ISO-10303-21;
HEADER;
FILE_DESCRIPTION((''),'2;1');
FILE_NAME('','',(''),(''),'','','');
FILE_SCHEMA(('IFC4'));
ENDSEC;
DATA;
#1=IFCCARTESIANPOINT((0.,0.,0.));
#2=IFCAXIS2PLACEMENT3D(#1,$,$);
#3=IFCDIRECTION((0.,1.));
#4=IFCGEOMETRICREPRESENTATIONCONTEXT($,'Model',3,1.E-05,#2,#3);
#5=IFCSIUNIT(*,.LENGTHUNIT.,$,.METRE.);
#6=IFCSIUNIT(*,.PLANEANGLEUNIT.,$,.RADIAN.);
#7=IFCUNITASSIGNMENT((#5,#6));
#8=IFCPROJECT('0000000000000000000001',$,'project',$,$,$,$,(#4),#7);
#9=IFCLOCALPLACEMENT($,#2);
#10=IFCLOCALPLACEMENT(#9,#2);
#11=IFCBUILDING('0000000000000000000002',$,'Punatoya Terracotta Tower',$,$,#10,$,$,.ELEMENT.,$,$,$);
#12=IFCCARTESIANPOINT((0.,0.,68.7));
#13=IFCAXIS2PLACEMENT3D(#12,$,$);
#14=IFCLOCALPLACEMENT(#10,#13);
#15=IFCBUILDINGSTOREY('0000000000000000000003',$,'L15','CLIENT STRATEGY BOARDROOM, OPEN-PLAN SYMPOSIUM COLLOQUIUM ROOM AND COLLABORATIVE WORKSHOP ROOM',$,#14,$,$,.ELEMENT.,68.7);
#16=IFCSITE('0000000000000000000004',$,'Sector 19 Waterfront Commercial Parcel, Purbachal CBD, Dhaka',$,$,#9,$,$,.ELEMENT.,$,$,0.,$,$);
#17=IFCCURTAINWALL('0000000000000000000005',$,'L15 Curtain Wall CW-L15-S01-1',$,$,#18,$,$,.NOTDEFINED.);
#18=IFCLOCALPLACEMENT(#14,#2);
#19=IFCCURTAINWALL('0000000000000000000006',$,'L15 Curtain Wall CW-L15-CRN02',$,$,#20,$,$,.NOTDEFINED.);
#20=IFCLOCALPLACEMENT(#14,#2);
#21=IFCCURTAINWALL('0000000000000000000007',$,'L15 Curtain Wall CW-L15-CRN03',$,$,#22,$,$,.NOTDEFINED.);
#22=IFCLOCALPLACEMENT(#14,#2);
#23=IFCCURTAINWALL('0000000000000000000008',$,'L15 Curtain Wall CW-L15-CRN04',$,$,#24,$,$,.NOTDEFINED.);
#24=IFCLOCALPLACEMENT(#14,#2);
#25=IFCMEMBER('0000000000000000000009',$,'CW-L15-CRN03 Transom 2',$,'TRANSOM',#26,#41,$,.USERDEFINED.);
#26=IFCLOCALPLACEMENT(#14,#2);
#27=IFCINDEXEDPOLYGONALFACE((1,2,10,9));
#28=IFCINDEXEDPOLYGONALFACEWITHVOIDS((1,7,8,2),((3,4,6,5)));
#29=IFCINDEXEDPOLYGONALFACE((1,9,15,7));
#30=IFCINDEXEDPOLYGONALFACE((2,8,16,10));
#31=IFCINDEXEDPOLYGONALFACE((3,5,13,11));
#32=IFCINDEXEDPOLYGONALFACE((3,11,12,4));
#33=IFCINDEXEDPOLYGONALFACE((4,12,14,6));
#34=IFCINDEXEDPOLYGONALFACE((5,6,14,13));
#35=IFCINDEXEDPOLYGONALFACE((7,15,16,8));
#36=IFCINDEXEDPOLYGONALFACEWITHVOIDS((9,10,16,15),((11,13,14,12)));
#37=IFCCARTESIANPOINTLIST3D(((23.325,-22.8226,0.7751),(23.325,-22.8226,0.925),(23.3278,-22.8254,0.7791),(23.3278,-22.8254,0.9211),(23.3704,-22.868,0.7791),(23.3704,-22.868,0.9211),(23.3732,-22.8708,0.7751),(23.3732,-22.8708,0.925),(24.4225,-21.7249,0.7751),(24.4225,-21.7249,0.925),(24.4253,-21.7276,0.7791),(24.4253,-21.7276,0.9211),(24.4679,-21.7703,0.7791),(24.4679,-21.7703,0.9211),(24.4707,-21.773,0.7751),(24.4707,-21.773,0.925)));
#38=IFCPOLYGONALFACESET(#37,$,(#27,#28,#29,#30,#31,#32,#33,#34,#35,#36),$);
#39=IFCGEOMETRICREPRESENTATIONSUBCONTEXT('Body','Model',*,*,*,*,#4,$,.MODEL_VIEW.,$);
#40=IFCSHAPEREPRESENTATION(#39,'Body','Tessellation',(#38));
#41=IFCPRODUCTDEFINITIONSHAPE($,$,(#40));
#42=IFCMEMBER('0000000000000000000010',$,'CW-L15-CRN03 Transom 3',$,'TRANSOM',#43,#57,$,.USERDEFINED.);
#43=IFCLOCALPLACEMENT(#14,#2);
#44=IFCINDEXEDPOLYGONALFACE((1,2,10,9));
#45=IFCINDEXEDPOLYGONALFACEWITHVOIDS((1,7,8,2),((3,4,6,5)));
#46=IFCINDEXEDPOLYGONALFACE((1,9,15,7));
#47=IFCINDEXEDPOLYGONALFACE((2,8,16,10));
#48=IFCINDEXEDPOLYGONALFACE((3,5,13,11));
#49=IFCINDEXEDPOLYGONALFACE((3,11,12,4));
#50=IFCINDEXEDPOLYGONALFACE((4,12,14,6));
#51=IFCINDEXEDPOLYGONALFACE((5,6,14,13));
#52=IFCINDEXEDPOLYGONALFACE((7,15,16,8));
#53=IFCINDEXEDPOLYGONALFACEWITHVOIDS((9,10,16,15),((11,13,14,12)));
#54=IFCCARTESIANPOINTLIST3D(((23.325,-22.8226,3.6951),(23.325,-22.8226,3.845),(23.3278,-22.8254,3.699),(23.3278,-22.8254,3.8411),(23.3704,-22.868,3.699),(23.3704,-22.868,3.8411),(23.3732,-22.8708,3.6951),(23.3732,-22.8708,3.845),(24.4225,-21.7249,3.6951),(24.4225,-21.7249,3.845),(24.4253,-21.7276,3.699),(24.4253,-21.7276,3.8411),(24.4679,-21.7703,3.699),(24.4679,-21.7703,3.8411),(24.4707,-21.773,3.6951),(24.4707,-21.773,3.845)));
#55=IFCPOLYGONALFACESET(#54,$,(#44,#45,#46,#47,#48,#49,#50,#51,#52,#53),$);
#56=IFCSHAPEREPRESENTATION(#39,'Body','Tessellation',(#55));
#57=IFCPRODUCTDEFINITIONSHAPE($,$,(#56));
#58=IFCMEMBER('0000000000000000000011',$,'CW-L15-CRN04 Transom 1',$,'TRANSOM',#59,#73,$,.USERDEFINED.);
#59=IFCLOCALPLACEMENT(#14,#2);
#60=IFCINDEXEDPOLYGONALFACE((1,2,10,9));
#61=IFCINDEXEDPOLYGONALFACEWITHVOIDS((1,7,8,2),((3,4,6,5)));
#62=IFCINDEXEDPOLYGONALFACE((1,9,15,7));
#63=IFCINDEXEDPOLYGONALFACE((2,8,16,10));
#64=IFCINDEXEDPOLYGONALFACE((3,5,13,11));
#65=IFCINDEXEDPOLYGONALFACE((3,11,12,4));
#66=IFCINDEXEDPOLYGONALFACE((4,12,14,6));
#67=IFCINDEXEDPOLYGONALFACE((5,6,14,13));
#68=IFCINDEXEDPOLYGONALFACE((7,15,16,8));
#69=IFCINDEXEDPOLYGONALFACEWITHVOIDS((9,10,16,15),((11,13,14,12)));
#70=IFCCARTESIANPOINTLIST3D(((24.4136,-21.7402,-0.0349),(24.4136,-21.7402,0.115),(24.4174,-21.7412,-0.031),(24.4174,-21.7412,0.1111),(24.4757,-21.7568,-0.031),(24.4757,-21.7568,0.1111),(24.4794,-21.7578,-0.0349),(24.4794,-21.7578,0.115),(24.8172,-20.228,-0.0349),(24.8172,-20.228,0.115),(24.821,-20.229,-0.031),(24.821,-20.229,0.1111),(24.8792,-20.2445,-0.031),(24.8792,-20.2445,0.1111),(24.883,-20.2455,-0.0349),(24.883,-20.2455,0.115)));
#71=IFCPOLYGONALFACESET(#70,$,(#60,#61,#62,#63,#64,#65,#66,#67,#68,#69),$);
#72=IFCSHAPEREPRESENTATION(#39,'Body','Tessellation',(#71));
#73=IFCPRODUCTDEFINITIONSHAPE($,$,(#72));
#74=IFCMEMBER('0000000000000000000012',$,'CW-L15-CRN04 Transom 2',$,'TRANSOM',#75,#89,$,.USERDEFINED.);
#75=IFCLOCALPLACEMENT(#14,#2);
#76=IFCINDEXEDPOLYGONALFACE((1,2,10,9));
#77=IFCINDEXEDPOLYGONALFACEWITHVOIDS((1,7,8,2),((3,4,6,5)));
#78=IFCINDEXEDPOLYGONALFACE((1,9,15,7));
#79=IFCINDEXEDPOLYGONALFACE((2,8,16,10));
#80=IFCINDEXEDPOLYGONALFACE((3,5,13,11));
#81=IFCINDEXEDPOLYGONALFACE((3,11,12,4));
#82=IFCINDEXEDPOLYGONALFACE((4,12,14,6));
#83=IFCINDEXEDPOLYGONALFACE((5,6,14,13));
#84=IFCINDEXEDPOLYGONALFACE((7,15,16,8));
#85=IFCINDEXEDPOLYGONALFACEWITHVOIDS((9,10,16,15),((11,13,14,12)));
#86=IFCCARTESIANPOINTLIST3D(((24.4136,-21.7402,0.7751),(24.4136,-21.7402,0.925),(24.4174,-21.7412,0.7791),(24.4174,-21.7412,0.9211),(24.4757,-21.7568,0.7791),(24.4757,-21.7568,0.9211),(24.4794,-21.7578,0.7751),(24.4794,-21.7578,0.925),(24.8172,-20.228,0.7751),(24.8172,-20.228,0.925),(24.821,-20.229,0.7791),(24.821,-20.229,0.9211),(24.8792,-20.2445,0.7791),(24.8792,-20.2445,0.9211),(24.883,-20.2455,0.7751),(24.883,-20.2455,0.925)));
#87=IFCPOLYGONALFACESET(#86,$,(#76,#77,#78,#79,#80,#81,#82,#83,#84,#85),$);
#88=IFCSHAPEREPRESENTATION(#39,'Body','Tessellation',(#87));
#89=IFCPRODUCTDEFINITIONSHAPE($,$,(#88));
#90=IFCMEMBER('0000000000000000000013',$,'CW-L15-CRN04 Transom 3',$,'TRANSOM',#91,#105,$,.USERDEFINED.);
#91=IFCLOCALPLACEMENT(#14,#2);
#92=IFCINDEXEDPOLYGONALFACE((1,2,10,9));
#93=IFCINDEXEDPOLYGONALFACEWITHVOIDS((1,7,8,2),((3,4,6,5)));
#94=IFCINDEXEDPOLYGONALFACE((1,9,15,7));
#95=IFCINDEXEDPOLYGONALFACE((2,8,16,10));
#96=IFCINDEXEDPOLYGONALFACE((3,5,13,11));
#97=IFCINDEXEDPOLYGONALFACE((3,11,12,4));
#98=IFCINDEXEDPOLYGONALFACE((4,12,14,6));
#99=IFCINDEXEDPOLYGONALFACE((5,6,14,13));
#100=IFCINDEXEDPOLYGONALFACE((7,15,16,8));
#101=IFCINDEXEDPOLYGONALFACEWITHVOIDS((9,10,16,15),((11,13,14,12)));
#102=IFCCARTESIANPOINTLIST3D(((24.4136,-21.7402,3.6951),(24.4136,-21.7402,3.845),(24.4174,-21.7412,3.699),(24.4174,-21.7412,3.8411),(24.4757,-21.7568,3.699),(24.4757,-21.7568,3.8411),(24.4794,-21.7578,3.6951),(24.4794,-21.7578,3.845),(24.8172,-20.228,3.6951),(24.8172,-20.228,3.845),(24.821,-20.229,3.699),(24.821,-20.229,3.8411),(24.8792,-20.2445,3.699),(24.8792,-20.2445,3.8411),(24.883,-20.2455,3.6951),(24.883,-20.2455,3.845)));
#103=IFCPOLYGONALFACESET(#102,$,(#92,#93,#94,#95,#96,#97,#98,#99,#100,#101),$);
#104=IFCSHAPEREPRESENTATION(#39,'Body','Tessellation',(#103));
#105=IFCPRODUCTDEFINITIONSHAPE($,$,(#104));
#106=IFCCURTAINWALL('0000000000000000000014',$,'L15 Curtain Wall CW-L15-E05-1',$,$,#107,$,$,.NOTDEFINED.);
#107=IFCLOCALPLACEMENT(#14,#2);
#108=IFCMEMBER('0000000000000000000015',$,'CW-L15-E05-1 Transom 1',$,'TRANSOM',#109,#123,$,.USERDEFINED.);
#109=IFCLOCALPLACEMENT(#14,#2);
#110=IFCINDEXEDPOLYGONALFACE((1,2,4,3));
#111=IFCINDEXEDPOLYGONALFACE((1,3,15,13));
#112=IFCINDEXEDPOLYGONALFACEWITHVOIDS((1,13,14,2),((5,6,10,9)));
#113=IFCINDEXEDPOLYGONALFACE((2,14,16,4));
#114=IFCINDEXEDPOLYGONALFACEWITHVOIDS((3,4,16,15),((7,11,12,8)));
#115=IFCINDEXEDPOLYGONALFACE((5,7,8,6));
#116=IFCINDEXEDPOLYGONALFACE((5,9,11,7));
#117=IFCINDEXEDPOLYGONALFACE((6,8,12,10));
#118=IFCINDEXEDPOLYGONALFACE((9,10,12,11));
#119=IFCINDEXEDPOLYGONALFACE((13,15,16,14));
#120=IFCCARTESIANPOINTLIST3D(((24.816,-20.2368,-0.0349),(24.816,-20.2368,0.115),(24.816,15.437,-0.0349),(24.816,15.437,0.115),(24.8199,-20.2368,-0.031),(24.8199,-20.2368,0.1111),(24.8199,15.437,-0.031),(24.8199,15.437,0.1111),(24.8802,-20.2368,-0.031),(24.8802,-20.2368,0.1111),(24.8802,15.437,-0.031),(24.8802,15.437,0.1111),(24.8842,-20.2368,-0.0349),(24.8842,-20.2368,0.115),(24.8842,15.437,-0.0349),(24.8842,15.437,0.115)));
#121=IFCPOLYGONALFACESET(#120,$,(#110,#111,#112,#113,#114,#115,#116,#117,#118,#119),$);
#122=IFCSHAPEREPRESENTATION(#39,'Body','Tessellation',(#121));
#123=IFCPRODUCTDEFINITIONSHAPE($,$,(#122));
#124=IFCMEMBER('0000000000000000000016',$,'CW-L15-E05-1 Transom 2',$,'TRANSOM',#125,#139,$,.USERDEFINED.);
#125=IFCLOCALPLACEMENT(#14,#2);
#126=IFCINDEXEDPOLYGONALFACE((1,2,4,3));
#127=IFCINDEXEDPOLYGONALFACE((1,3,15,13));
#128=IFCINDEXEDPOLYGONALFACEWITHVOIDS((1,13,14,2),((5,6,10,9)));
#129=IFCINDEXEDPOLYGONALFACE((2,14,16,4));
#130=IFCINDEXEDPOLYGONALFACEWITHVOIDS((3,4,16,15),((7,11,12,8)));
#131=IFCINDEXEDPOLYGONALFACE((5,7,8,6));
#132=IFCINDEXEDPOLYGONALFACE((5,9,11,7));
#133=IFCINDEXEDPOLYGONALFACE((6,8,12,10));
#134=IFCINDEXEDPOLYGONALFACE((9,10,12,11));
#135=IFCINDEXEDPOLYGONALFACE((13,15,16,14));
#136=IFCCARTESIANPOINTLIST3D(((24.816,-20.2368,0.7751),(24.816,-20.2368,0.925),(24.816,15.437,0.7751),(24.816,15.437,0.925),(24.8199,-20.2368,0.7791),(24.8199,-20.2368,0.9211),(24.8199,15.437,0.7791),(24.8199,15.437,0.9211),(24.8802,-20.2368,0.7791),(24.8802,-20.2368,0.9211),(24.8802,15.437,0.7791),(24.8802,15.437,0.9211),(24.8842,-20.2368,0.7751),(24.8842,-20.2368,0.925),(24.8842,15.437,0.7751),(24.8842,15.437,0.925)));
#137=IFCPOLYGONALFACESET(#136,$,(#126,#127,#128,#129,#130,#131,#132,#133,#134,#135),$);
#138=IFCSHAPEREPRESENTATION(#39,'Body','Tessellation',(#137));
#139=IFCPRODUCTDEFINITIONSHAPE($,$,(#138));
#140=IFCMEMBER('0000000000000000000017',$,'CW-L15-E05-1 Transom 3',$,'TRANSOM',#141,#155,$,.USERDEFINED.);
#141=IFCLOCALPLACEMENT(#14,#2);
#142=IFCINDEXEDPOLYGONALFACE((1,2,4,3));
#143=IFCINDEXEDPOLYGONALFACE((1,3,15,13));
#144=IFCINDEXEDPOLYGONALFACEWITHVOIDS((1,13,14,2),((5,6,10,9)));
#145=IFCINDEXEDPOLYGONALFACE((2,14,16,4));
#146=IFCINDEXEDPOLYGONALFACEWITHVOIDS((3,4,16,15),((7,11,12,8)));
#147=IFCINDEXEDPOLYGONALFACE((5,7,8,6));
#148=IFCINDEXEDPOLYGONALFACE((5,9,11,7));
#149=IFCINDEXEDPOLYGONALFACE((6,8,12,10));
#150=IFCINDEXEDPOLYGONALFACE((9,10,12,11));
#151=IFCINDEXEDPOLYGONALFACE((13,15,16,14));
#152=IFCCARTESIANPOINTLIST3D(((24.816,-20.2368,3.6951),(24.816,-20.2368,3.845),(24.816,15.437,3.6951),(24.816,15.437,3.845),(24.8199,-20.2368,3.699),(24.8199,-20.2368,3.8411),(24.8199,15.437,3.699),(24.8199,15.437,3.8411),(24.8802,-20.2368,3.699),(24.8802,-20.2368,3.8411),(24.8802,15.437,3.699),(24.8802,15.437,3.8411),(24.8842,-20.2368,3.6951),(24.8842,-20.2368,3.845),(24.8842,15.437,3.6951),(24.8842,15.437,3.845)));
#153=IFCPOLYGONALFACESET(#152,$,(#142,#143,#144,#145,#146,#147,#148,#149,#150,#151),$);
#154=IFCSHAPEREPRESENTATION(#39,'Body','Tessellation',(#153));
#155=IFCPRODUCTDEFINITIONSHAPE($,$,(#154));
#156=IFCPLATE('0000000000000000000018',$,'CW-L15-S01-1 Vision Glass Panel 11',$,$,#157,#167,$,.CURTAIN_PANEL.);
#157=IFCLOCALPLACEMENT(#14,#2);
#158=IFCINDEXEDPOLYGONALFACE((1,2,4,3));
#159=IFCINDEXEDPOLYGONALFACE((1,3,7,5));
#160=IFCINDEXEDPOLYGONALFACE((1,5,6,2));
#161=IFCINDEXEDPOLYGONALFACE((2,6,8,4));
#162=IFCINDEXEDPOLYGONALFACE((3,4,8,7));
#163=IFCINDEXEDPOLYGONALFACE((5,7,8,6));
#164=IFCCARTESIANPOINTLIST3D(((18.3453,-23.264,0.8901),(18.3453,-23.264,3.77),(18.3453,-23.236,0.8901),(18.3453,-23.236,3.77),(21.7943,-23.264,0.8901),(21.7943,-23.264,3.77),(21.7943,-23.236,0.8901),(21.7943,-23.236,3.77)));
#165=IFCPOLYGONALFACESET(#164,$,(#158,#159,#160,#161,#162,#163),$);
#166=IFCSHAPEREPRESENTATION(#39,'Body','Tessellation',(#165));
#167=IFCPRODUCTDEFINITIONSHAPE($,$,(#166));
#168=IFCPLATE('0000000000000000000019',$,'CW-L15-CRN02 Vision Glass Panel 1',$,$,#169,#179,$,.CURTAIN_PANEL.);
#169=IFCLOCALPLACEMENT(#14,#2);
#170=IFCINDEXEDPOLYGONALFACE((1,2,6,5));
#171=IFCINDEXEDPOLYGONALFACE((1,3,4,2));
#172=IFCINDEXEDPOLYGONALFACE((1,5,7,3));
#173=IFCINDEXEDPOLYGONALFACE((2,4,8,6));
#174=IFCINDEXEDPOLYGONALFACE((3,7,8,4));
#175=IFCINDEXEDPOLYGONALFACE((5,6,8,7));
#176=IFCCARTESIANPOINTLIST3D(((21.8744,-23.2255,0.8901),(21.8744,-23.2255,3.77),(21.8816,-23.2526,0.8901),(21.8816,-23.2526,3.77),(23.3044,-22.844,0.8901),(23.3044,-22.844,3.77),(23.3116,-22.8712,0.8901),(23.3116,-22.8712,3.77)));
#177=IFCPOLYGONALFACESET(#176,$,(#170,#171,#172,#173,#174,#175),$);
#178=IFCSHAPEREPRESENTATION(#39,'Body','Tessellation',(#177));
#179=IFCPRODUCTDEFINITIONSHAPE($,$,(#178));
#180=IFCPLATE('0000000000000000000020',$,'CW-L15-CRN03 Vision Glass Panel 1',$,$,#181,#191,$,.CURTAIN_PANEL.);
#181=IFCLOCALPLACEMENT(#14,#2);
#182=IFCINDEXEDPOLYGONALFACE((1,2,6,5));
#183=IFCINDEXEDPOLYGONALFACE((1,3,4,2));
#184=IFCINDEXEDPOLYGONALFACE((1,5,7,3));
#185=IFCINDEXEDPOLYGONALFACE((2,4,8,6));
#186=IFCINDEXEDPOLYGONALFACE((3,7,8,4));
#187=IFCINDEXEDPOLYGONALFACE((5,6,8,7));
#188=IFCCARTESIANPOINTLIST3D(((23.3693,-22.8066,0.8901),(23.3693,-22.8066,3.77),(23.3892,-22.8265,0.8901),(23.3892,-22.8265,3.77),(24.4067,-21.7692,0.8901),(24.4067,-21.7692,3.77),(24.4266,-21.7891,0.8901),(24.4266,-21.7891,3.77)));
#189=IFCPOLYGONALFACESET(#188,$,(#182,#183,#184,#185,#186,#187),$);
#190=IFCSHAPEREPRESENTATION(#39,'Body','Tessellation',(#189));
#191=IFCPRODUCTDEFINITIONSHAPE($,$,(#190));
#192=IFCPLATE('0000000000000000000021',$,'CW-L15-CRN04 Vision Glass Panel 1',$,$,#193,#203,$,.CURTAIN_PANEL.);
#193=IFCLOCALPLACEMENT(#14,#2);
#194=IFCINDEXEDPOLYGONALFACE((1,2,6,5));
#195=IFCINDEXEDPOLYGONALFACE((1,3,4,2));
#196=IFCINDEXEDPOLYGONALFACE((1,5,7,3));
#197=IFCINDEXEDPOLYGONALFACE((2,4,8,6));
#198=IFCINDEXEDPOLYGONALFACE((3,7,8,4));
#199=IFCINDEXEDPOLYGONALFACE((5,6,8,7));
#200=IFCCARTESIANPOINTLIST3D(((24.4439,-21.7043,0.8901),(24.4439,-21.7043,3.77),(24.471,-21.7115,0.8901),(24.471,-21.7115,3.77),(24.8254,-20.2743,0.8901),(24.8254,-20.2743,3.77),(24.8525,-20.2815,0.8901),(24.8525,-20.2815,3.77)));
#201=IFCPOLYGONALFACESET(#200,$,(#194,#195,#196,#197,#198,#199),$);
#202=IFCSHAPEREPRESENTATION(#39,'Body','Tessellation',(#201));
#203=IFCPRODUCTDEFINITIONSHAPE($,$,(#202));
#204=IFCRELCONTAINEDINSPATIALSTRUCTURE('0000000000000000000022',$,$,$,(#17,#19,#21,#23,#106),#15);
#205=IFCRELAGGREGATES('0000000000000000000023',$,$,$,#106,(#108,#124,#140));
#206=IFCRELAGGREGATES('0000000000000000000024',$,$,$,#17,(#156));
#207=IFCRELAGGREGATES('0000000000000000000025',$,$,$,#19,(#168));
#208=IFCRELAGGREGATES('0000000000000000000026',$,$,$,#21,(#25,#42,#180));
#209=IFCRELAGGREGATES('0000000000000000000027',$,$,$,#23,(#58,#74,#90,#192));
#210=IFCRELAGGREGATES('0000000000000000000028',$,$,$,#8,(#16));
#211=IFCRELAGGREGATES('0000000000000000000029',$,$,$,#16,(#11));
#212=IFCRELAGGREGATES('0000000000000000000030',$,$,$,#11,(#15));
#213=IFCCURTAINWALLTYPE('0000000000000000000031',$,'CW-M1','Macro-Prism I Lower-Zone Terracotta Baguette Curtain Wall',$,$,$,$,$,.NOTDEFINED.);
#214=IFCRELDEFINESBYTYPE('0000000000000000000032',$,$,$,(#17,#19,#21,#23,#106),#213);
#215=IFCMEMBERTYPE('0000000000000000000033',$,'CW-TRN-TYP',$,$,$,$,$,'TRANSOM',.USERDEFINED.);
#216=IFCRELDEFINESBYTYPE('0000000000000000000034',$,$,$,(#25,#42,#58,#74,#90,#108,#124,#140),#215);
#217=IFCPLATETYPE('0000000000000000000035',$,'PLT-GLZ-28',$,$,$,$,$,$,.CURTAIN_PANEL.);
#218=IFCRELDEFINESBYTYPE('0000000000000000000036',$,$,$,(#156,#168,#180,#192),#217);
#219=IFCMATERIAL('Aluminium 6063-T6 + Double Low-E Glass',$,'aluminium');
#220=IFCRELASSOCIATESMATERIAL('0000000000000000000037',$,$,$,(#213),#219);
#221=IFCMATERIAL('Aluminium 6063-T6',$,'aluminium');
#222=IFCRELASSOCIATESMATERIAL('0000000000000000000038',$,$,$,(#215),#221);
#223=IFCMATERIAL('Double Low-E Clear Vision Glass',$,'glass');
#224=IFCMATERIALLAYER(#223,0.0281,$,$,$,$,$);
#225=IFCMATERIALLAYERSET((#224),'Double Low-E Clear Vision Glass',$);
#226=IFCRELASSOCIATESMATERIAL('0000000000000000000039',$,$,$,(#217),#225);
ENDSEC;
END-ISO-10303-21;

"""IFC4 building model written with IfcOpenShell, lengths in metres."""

from ifc_helpers import new_model, si_unit, direction, frame, origin, origin_2d, place, context, subcontext, project, spatial, rectangle, hollow_rectangle, extrude, material, layer, layer_set, material_profile, profile_set, type_object, element, aggregate, save


model = new_model("IFC4")

# Units and contexts
model_context = context("Model", 3, precision=1e-05, world=origin(), true_north=direction((0.0, 1.0)))
body_context = subcontext(model_context, "Body", "Model", "MODEL_VIEW")
ifc_project = project(units=[si_unit("LENGTHUNIT", "METRE"), si_unit("PLANEANGLEUNIT", "RADIAN")], contexts=[model_context])

# Site, building, storey
site_placement = place(None, origin())
site = spatial("IfcSite", under=ifc_project, at=site_placement, Name="Sector 19 Waterfront Commercial Parcel, Purbachal CBD, Dhaka", CompositionType="ELEMENT", RefElevation=0.0)
building_placement = place(site_placement, origin())
building = spatial("IfcBuilding", under=site, at=building_placement, Name="Punatoya Terracotta Tower", CompositionType="ELEMENT")
storey_placement = place(building_placement, frame((0.0, 0.0, 68.7)))
storey = spatial("IfcBuildingStorey", under=building, at=storey_placement, Name="L15", Description="CLIENT STRATEGY BOARDROOM, OPEN-PLAN SYMPOSIUM COLLOQUIUM ROOM AND COLLABORATIVE WORKSHOP ROOM", CompositionType="ELEMENT", Elevation=68.7)

# Curtain wall
ifc_material_1 = material(Name="Aluminium 6063-T6 + Double Low-E Glass", Category="aluminium")
curtain_wall_type = type_object("IfcCurtainWallType", Name="CW-M1", Description="Macro-Prism I Lower-Zone Terracotta Baguette Curtain Wall", PredefinedType="NOTDEFINED", material=ifc_material_1)
curtain_wall_1_placement = place(storey_placement, origin())
curtain_wall_1 = element("IfcCurtainWall", 1, at=curtain_wall_1_placement, inside=storey, type_object=curtain_wall_type, Name="L15 Curtain Wall CW-L15-S01-1", PredefinedType="NOTDEFINED")
ifc_material_2 = material(Name="Aluminium 6063-T6", Category="aluminium")

# Curtain walls
curtain_wall_2_placement = place(storey_placement, origin())
curtain_wall_2 = element("IfcCurtainWall", 2, at=curtain_wall_2_placement, inside=storey, type_object=curtain_wall_type, Name="L15 Curtain Wall CW-L15-CRN02", PredefinedType="NOTDEFINED")
curtain_wall_3_placement = place(storey_placement, origin())
curtain_wall_3 = element("IfcCurtainWall", 3, at=curtain_wall_3_placement, inside=storey, type_object=curtain_wall_type, Name="L15 Curtain Wall CW-L15-CRN03", PredefinedType="NOTDEFINED")
curtain_wall_4_placement = place(storey_placement, origin())
curtain_wall_4 = element("IfcCurtainWall", 4, at=curtain_wall_4_placement, inside=storey, type_object=curtain_wall_type, Name="L15 Curtain Wall CW-L15-CRN04", PredefinedType="NOTDEFINED")

# Members
ifc_material_profile_1 = material_profile(ifc_material_2, hollow_rectangle(XDim=0.0681, YDim=0.1499, WallThickness=0.0039, at=origin_2d()))
ifc_profile_set_1 = profile_set([ifc_material_profile_1], Name="Aluminium 6063-T6")
member_type_1 = type_object("IfcMemberType", Name="CW-TRN-TYP", ElementType="TRANSOM", PredefinedType="USERDEFINED", material=ifc_profile_set_1)
member_1_placement = place(storey_placement, frame((23.3491, -22.8467, 0.8501), z_axis=(0.707028, 0.707185, 0.0), x_axis=(-0.707185, 0.707028, 0.0)))
member_1 = element("IfcMember", 5, at=member_1_placement, type_object=member_type_1, Name="CW-L15-CRN03 Transom 2", ObjectType="TRANSOM", PredefinedType="USERDEFINED", context=body_context, shape_type="SweptSolid", body=[
    extrude(hollow_rectangle(XDim=0.0681, YDim=0.1499, WallThickness=0.0039, at=origin_2d()), origin(), (0.0, 0.0, 1.0), 1.5522),
])
member_2_placement = place(storey_placement, frame((23.3491, -22.8467, 3.77), z_axis=(0.707028, 0.707185, 0.0), x_axis=(-0.707185, 0.707028, 0.0)))
member_2 = element("IfcMember", 6, at=member_2_placement, type_object=member_type_1, Name="CW-L15-CRN03 Transom 3", ObjectType="TRANSOM", PredefinedType="USERDEFINED", context=body_context, shape_type="SweptSolid", body=[
    extrude(hollow_rectangle(XDim=0.0681, YDim=0.1499, WallThickness=0.0039, at=origin_2d()), origin(), (0.0, 0.0, 1.0), 1.5522),
])
member_3_placement = place(storey_placement, frame((24.4465, -21.749, 0.04), z_axis=(0.257847, 0.966186, 0.0), x_axis=(-0.966186, 0.257847, 0.0)))
member_3 = element("IfcMember", 7, at=member_3_placement, type_object=member_type_1, Name="CW-L15-CRN04 Transom 1", ObjectType="TRANSOM", PredefinedType="USERDEFINED", context=body_context, shape_type="SweptSolid", body=[
    extrude(hollow_rectangle(XDim=0.0681, YDim=0.1499, WallThickness=0.0039, at=origin_2d()), origin(), (0.0, 0.0, 1.0), 1.5652),
])
member_4_placement = place(storey_placement, frame((24.4465, -21.749, 0.8501), z_axis=(0.257847, 0.966186, 0.0), x_axis=(-0.966186, 0.257847, 0.0)))
member_4 = element("IfcMember", 8, at=member_4_placement, type_object=member_type_1, Name="CW-L15-CRN04 Transom 2", ObjectType="TRANSOM", PredefinedType="USERDEFINED", context=body_context, shape_type="SweptSolid", body=[
    extrude(hollow_rectangle(XDim=0.0681, YDim=0.1499, WallThickness=0.0039, at=origin_2d()), origin(), (0.0, 0.0, 1.0), 1.5652),
])
member_5_placement = place(storey_placement, frame((24.4465, -21.749, 3.77), z_axis=(0.257847, 0.966186, 0.0), x_axis=(-0.966186, 0.257847, 0.0)))
member_5 = element("IfcMember", 9, at=member_5_placement, type_object=member_type_1, Name="CW-L15-CRN04 Transom 3", ObjectType="TRANSOM", PredefinedType="USERDEFINED", context=body_context, shape_type="SweptSolid", body=[
    extrude(hollow_rectangle(XDim=0.0681, YDim=0.1499, WallThickness=0.0039, at=origin_2d()), origin(), (0.0, 0.0, 1.0), 1.5652),
])

# Curtain wall, members
curtain_wall_5_placement = place(storey_placement, origin())
curtain_wall_5 = element("IfcCurtainWall", 10, at=curtain_wall_5_placement, inside=storey, type_object=curtain_wall_type, Name="L15 Curtain Wall CW-L15-E05-1", PredefinedType="NOTDEFINED")
member_6_placement = place(storey_placement, frame((24.8501, -20.2368, 0.04), z_axis=(0.0, 1.0, 0.0), x_axis=(-1.0, 0.0, 0.0)))
member_6 = element("IfcMember", 11, at=member_6_placement, type_object=member_type_1, Name="CW-L15-E05-1 Transom 1", ObjectType="TRANSOM", PredefinedType="USERDEFINED", context=body_context, shape_type="SweptSolid", body=[
    extrude(hollow_rectangle(XDim=0.0681, YDim=0.1499, WallThickness=0.0039, at=origin_2d()), origin(), (0.0, 0.0, 1.0), 35.6738),
])
member_7_placement = place(storey_placement, frame((24.8501, -20.2368, 0.8501), z_axis=(0.0, 1.0, 0.0), x_axis=(-1.0, 0.0, 0.0)))
member_7 = element("IfcMember", 12, at=member_7_placement, type_object=member_type_1, Name="CW-L15-E05-1 Transom 2", ObjectType="TRANSOM", PredefinedType="USERDEFINED", context=body_context, shape_type="SweptSolid", body=[
    extrude(hollow_rectangle(XDim=0.0681, YDim=0.1499, WallThickness=0.0039, at=origin_2d()), origin(), (0.0, 0.0, 1.0), 35.6738),
])
member_8_placement = place(storey_placement, frame((24.8501, -20.2368, 3.77), z_axis=(0.0, 1.0, 0.0), x_axis=(-1.0, 0.0, 0.0)))
member_8 = element("IfcMember", 13, at=member_8_placement, type_object=member_type_1, Name="CW-L15-E05-1 Transom 3", ObjectType="TRANSOM", PredefinedType="USERDEFINED", context=body_context, shape_type="SweptSolid", body=[
    extrude(hollow_rectangle(XDim=0.0681, YDim=0.1499, WallThickness=0.0039, at=origin_2d()), origin(), (0.0, 0.0, 1.0), 35.6738),
])
aggregate(curtain_wall_5, [member_6, member_7, member_8])

# Plates
ifc_material_3 = material(Name="Double Low-E Clear Vision Glass", Category="glass")
ifc_layer_1 = layer(ifc_material_3, 0.0281)
ifc_layer_set_1 = layer_set([ifc_layer_1], Name="Double Low-E Clear Vision Glass")
plate_type_1 = type_object("IfcPlateType", Name="PLT-GLZ-28", PredefinedType="CURTAIN_PANEL", material=ifc_layer_set_1)
plate_1_placement = place(storey_placement, frame((20.0698, -23.25, 0.8901), z_axis=(0.0, 0.0, 1.0), x_axis=(1.0, 0.0, 0.0)))
plate_1 = element("IfcPlate", 14, at=plate_1_placement, type_object=plate_type_1, Name="CW-L15-S01-1 Vision Glass Panel 11", PredefinedType="CURTAIN_PANEL", context=body_context, shape_type="SweptSolid", body=[
    extrude(rectangle(XDim=3.449, YDim=0.0281, at=origin_2d()), origin(), (0.0, 0.0, 1.0), 2.8799),
])
plate_2_placement = place(storey_placement, frame((22.593, -23.0483, 0.8901), z_axis=(0.0, 0.0, 1.0), x_axis=(0.966214, 0.257742, 0.0)))
plate_2 = element("IfcPlate", 15, at=plate_2_placement, type_object=plate_type_1, Name="CW-L15-CRN02 Vision Glass Panel 1", PredefinedType="CURTAIN_PANEL", context=body_context, shape_type="SweptSolid", body=[
    extrude(rectangle(XDim=1.48, YDim=0.0281, at=origin_2d()), origin(), (0.0, 0.0, 1.0), 2.8799),
])
plate_3_placement = place(storey_placement, frame((23.8979, -22.2979, 0.8901), z_axis=(0.0, 0.0, 1.0), x_axis=(0.707107, 0.707107, 0.0)))
plate_3 = element("IfcPlate", 16, at=plate_3_placement, type_object=plate_type_1, Name="CW-L15-CRN03 Vision Glass Panel 1", PredefinedType="CURTAIN_PANEL", context=body_context, shape_type="SweptSolid", body=[
    extrude(rectangle(XDim=1.467, YDim=0.0281, at=origin_2d()), origin(), (0.0, 0.0, 1.0), 2.8799),
])
plate_4_placement = place(storey_placement, frame((24.6482, -20.9929, 0.8901), z_axis=(0.0, 0.0, 1.0), x_axis=(0.257742, 0.966214, 0.0)))
plate_4 = element("IfcPlate", 17, at=plate_4_placement, type_object=plate_type_1, Name="CW-L15-CRN04 Vision Glass Panel 1", PredefinedType="CURTAIN_PANEL", context=body_context, shape_type="SweptSolid", body=[
    extrude(rectangle(XDim=1.48, YDim=0.0281, at=origin_2d()), origin(), (0.0, 0.0, 1.0), 2.8799),
])
aggregate(curtain_wall_1, [plate_1])
aggregate(curtain_wall_2, [plate_2])
aggregate(curtain_wall_3, [member_1, member_2, plate_3])
aggregate(curtain_wall_4, [member_3, member_4, member_5, plate_4])

save(model, "model.ifc")
